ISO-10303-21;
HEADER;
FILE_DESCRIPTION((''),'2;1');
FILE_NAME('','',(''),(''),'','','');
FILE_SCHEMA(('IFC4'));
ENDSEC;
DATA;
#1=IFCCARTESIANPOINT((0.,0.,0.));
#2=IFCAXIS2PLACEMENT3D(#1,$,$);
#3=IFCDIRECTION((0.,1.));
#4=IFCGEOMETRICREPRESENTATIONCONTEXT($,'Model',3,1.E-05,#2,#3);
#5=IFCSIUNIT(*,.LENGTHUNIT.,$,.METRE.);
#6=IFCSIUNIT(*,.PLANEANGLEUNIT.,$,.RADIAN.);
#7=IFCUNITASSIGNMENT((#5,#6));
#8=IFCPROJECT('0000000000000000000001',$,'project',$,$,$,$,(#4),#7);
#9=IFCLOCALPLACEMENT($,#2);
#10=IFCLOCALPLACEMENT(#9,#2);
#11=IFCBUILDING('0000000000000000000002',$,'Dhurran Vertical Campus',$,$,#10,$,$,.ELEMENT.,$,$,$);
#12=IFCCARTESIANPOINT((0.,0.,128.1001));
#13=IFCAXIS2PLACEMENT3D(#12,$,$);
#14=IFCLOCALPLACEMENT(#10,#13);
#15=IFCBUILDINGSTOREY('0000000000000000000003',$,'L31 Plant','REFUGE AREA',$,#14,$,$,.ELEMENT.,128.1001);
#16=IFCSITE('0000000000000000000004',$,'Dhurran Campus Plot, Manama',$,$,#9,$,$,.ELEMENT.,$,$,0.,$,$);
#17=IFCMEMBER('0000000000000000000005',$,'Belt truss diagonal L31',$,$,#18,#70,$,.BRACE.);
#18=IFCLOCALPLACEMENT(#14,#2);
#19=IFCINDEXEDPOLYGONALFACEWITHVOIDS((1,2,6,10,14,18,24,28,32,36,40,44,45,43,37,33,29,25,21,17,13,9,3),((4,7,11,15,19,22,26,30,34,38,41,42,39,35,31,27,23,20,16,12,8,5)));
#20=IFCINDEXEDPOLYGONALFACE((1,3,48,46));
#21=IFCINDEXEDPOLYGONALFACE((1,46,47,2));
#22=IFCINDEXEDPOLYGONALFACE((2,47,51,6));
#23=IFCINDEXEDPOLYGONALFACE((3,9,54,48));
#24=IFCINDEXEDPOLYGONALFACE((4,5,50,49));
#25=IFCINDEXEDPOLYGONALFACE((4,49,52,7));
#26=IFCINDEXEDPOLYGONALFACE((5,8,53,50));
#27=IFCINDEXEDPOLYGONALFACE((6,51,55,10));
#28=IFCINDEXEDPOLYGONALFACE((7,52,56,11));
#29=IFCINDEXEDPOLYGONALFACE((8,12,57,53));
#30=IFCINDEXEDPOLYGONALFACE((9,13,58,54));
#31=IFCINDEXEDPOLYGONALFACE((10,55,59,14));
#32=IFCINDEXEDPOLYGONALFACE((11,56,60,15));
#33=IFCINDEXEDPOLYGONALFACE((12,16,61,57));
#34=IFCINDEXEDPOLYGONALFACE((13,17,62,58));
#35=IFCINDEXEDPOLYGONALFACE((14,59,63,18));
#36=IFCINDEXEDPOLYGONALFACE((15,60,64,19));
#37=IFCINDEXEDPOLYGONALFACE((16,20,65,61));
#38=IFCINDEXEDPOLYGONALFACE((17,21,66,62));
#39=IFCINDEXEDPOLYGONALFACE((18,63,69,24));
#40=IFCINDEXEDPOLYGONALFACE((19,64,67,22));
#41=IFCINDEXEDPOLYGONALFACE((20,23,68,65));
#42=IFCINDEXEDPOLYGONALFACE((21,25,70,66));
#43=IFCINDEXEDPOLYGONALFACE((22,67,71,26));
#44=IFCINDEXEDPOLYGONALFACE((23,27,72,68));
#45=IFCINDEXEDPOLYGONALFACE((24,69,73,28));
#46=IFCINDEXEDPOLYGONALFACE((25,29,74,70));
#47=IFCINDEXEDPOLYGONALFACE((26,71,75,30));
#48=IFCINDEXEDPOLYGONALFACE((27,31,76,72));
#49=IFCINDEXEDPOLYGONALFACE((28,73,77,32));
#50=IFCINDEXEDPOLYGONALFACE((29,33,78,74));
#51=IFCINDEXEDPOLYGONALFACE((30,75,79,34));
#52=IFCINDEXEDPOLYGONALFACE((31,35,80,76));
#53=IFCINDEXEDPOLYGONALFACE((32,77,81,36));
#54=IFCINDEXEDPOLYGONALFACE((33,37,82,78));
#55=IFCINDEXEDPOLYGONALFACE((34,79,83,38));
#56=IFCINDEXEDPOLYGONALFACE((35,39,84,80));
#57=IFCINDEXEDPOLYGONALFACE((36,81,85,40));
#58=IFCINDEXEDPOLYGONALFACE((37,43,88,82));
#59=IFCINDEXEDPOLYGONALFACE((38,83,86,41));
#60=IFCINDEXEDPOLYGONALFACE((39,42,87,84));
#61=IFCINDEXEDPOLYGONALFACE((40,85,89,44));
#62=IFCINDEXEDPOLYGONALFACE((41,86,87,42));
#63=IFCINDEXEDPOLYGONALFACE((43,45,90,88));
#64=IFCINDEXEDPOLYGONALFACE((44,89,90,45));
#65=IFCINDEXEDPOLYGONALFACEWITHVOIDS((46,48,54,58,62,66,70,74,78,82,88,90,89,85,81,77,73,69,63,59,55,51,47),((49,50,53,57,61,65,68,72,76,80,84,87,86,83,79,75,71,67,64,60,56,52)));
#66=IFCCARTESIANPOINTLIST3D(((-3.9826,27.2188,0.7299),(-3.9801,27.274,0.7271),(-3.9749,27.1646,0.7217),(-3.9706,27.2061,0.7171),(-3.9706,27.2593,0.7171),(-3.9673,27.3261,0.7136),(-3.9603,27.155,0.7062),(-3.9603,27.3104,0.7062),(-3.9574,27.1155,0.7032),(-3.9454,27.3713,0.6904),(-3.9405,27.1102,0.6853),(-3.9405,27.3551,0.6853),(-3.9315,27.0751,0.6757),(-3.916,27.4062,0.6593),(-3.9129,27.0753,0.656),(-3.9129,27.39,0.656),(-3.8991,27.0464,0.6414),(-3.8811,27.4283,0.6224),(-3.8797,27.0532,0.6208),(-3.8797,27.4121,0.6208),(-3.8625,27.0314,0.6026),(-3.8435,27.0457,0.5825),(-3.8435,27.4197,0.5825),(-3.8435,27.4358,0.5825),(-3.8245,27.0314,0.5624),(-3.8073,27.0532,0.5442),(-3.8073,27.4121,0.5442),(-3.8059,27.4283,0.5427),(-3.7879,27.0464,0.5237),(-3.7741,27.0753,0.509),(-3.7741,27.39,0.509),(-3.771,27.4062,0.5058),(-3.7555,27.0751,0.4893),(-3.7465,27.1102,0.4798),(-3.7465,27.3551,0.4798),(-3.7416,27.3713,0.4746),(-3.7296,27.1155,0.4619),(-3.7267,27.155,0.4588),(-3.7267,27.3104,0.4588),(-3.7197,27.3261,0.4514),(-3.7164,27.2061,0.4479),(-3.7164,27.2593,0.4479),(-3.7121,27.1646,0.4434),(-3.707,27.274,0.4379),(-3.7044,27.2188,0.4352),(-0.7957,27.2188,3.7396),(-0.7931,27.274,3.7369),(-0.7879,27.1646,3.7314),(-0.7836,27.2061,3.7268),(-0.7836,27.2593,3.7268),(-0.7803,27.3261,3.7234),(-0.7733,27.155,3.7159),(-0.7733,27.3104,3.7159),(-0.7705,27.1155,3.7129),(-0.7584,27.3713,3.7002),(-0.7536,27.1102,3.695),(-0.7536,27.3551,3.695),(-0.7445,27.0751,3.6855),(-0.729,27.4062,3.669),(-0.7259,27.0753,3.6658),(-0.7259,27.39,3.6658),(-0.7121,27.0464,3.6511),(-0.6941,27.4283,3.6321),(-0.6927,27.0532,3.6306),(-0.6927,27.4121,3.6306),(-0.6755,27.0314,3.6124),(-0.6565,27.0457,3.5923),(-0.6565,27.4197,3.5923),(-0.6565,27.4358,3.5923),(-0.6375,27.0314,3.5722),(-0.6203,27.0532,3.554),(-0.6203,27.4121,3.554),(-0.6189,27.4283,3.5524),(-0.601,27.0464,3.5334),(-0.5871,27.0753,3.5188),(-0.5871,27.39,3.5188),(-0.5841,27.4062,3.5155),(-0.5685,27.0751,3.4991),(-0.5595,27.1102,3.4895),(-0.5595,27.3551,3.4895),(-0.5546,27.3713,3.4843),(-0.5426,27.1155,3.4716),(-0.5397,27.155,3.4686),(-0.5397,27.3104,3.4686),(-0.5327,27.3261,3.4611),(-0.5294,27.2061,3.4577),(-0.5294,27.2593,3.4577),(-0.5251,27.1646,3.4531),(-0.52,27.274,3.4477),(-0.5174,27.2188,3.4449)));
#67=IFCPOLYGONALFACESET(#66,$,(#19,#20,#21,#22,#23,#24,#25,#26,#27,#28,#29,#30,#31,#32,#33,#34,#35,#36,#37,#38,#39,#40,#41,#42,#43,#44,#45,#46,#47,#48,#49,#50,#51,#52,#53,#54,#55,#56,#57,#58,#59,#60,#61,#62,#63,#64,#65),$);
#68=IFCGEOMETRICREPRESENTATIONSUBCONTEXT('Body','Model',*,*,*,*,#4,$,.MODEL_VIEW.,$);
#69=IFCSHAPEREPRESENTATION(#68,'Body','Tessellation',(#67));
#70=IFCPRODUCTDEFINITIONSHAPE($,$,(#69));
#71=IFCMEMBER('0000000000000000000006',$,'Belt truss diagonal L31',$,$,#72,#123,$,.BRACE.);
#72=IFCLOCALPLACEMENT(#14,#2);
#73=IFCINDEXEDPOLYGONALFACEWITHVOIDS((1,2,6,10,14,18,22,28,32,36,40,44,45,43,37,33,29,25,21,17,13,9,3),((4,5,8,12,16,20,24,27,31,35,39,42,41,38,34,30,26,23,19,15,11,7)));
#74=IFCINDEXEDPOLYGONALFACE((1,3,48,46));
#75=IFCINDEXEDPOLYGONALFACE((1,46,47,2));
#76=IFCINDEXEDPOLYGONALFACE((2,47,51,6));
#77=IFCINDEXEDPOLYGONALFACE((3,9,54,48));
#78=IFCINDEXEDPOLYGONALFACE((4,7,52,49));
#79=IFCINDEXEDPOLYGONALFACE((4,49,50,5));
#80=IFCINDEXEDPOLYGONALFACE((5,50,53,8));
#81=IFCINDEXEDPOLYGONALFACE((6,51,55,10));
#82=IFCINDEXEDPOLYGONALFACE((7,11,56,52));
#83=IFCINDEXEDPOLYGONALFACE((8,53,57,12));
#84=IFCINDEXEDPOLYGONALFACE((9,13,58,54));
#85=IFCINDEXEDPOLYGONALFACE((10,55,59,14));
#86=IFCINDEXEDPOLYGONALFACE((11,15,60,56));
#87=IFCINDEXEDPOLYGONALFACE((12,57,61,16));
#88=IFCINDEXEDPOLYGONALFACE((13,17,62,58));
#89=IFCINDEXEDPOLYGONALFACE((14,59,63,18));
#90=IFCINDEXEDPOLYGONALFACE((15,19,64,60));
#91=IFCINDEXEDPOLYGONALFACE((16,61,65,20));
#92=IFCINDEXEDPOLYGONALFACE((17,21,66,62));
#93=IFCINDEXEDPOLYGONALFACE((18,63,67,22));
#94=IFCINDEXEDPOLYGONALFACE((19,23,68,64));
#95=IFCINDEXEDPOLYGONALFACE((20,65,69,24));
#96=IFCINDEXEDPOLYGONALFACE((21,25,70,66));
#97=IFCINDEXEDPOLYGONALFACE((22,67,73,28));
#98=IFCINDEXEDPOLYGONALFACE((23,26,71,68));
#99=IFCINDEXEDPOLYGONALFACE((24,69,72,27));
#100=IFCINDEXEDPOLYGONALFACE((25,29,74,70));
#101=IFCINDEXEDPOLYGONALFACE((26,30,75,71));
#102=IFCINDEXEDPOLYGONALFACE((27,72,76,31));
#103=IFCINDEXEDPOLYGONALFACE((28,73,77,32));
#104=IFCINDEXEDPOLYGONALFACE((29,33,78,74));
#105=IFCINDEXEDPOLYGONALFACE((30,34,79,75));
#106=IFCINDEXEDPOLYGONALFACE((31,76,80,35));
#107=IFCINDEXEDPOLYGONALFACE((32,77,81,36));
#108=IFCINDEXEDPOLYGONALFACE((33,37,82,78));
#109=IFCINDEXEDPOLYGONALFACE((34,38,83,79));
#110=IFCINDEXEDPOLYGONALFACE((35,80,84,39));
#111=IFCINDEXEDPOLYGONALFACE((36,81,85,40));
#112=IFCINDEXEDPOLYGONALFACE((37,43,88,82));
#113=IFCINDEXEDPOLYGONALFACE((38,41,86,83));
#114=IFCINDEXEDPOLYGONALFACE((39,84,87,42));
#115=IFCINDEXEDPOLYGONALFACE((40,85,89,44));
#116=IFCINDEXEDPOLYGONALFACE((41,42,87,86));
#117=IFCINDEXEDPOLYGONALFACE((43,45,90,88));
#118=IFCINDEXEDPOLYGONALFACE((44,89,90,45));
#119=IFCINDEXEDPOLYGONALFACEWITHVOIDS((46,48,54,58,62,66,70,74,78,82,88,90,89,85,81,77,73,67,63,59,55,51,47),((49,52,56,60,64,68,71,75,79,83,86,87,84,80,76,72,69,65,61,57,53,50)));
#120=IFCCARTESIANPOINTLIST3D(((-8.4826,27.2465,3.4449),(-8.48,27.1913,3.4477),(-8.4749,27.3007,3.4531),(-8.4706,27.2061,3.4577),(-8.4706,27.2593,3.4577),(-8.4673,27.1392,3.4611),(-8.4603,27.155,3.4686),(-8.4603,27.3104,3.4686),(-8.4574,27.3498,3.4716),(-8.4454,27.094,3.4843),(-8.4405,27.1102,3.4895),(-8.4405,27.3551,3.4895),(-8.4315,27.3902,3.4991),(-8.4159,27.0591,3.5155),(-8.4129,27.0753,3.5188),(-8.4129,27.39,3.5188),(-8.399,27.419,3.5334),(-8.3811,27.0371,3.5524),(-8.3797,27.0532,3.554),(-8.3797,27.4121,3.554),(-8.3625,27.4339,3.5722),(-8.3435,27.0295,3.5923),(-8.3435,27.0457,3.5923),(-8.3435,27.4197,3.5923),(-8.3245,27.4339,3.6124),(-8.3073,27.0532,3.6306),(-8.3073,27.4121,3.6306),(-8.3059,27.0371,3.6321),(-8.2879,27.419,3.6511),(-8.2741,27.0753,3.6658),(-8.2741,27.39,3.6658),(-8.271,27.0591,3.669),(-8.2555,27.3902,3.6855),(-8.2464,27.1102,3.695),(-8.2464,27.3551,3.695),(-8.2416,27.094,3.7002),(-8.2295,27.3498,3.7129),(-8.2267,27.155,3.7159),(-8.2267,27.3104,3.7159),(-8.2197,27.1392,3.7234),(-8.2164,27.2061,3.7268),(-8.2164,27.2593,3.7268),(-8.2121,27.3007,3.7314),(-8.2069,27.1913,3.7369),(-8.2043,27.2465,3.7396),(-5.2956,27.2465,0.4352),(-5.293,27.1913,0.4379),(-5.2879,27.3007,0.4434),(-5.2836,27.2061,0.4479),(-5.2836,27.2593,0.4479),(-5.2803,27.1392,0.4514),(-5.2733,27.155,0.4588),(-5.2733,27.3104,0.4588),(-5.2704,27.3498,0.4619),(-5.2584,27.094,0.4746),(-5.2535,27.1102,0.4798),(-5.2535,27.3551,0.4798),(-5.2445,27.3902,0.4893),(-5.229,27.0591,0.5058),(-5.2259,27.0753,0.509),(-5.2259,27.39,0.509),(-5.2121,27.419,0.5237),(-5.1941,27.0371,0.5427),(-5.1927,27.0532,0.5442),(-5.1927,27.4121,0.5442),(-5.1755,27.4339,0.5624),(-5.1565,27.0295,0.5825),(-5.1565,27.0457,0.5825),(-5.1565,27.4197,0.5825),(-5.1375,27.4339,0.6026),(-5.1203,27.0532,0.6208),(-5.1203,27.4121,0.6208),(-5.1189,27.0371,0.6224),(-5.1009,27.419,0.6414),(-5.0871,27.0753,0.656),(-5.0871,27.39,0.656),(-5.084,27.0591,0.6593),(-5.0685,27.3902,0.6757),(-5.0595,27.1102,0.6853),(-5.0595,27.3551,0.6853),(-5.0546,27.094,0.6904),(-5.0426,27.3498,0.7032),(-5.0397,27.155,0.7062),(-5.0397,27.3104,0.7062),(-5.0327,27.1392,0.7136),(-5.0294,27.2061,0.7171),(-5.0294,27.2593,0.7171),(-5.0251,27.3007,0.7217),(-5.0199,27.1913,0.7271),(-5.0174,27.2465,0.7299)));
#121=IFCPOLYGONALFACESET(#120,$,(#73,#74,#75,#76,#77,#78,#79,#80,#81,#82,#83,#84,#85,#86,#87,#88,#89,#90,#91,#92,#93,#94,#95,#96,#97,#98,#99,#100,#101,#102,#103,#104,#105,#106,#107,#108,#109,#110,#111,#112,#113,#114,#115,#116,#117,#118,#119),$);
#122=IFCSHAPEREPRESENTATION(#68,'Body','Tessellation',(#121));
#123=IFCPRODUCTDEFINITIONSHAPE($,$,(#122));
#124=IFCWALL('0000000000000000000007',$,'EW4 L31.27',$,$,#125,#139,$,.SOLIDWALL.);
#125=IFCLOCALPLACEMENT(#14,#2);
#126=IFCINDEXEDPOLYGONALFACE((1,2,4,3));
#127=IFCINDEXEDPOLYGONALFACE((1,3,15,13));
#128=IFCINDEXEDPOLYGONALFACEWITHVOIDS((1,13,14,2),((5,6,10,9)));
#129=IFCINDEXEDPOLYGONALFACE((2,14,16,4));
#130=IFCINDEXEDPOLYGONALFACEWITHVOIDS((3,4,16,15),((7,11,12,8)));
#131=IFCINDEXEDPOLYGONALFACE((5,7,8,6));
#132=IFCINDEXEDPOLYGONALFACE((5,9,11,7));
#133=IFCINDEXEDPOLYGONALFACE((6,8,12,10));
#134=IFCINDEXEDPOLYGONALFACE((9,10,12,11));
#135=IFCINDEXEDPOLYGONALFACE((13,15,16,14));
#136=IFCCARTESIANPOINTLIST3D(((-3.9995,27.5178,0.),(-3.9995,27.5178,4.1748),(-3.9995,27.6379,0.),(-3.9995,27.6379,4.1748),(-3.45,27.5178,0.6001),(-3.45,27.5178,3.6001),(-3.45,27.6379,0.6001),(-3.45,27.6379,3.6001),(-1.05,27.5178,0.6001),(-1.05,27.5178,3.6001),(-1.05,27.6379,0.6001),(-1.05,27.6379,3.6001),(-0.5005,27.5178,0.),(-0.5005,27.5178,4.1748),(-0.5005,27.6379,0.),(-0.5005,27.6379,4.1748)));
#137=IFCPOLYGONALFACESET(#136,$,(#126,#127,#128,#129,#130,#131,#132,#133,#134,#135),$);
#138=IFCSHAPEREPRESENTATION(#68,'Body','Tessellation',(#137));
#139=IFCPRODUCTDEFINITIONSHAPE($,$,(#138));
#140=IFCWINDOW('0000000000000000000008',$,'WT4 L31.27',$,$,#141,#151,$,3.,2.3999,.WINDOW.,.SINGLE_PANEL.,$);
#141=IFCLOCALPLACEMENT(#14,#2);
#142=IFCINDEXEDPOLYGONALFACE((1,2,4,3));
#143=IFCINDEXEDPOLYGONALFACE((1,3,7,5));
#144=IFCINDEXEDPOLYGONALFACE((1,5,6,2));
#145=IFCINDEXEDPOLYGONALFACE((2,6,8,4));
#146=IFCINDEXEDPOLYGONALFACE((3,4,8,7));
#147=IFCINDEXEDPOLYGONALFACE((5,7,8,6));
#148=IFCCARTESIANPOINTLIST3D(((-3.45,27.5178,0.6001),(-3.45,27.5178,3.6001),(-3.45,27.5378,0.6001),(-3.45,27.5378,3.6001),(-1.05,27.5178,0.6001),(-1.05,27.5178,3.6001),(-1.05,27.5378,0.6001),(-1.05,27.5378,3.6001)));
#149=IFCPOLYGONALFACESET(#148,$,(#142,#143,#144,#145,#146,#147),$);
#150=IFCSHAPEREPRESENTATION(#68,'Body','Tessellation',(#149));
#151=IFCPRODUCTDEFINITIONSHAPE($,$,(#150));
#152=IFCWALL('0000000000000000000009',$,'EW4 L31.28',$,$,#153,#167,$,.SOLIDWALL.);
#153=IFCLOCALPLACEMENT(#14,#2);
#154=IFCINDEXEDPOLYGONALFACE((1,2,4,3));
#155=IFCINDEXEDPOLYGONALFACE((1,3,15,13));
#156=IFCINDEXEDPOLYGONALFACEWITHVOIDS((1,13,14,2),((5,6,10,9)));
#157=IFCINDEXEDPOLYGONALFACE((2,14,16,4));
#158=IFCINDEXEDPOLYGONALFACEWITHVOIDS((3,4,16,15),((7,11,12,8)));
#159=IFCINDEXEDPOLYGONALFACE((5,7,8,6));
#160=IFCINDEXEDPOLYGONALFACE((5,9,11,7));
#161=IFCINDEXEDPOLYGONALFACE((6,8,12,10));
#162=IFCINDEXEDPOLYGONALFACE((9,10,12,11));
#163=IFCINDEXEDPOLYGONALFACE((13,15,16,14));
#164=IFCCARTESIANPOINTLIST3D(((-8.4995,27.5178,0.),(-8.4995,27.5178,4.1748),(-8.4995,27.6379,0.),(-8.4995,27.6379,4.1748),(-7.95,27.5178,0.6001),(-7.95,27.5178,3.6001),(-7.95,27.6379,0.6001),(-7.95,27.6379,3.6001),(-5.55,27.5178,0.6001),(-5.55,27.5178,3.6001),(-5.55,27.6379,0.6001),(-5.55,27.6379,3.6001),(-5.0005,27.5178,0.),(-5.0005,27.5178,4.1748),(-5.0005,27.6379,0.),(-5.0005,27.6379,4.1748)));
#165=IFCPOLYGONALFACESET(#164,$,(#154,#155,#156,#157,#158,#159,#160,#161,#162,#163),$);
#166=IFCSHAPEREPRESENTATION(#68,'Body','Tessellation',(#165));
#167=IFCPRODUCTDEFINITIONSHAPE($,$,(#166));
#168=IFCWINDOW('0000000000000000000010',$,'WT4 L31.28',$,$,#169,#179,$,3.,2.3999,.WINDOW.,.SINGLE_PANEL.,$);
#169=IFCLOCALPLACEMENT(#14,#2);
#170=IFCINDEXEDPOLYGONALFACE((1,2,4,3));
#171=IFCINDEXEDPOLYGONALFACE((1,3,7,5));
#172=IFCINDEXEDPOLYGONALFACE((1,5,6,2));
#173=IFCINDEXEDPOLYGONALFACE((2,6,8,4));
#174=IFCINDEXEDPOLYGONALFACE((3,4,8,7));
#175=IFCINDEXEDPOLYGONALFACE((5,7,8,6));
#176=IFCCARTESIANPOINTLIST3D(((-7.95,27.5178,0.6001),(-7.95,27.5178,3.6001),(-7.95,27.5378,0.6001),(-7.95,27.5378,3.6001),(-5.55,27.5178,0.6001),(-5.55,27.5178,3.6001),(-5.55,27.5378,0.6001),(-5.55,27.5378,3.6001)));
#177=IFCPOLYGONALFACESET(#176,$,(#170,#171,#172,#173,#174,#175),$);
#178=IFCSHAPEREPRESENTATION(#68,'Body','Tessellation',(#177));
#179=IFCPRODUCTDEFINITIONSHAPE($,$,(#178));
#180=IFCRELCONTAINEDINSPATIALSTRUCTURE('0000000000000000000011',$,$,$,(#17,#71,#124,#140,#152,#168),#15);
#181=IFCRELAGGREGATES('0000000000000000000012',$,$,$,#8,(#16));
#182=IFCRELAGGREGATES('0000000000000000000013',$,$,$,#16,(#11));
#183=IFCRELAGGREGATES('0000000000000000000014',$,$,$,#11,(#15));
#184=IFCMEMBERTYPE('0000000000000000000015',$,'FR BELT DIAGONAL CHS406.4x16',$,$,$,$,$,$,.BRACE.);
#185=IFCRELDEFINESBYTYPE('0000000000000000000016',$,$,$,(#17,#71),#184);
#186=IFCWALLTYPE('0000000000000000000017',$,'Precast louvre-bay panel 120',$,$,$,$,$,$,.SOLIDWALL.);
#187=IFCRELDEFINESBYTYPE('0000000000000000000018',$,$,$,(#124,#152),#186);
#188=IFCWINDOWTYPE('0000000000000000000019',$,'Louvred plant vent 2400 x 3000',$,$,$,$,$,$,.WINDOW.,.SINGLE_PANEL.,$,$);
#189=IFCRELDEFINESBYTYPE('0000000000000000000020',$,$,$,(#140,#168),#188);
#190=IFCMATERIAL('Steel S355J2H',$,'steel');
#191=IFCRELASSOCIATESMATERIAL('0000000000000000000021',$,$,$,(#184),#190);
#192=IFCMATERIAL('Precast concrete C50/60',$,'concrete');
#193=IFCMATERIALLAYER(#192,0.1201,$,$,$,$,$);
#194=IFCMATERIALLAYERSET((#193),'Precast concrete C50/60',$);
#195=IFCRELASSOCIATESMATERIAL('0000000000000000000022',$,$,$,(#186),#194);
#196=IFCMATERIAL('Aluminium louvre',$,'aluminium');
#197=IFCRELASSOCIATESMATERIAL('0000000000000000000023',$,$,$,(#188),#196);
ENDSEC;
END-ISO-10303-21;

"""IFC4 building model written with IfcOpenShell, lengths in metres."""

from ifc_helpers import new_model, si_unit, direction, frame, frame_2d, origin, origin_2d, place, context, subcontext, project, spatial, rectangle, hollow_circle, extrude, material, layer, layer_set, material_profile, profile_set, type_object, element, fill, save


model = new_model("IFC4")

# Units and contexts
model_context = context("Model", 3, precision=1e-05, world=origin(), true_north=direction((0.0, 1.0)))
body_context = subcontext(model_context, "Body", "Model", "MODEL_VIEW")
ifc_project = project(units=[si_unit("LENGTHUNIT", "METRE"), si_unit("PLANEANGLEUNIT", "RADIAN")], contexts=[model_context])

# Site, building, storey
site_placement = place(None, origin())
site = spatial("IfcSite", under=ifc_project, at=site_placement, Name="Dhurran Campus Plot, Manama", CompositionType="ELEMENT", RefElevation=0.0)
building_placement = place(site_placement, origin())
building = spatial("IfcBuilding", under=site, at=building_placement, Name="Dhurran Vertical Campus", CompositionType="ELEMENT")
storey_placement = place(building_placement, frame((0.0, 0.0, 128.1001)))
storey = spatial("IfcBuildingStorey", under=building, at=storey_placement, Name="L31 Plant", Description="REFUGE AREA", CompositionType="ELEMENT", Elevation=128.1001)

# Members
ifc_material_1 = material(Name="Steel S355J2H", Category="steel")
ifc_material_profile_1 = material_profile(ifc_material_1, hollow_circle(Radius=0.2031, WallThickness=0.0161, at=origin_2d()), Name="CHS406.4x16")
ifc_profile_set_1 = profile_set([ifc_material_profile_1], Name="Steel S355J2H")
member_type = type_object("IfcMemberType", Name="FR BELT DIAGONAL CHS406.4x16", PredefinedType="BRACE", material=ifc_profile_set_1)
for number, where, z_axis, x_axis, name in (
    (1, (-3.8435, 27.2327, 0.5825), (0.727035, 0.0, 0.686601), (0.0, 1.0, 0.0), "Belt truss diagonal L31"),
    (2, (-5.1565, 27.2327, 0.5825), (-0.727035, 0.0, 0.686601), (0.0, -1.0, 0.0), "Belt truss diagonal L31"),
):
    element("IfcMember", number, at=place(storey_placement, frame(where, z_axis=z_axis, x_axis=x_axis)), inside=storey, type_object=member_type, Name=name, PredefinedType="BRACE", context=body_context, shape_type="SweptSolid", body=[
        extrude(hollow_circle(Radius=0.2031, WallThickness=0.0161, at=origin_2d()), origin(), (0.0, 0.0, 1.0), 4.3835),
    ])

# Walls, openings, windows
ifc_material_2 = material(Name="Precast concrete C50/60", Category="concrete")
ifc_layer_1 = layer(ifc_material_2, 0.1201)
ifc_layer_set_1 = layer_set([ifc_layer_1], Name="Precast concrete C50/60")
wall_type_1 = type_object("IfcWallType", Name="Precast louvre-bay panel 120", PredefinedType="SOLIDWALL", material=ifc_layer_set_1)
wall_1_placement = place(storey_placement, frame((-0.5005, 27.5779, 0.0), z_axis=(0.0, 0.0, 1.0), x_axis=(-1.0, 0.0, 0.0)))
wall_1 = element("IfcWall", 3, at=wall_1_placement, inside=storey, type_object=wall_type_1, Name="EW4 L31.27", PredefinedType="SOLIDWALL", context=body_context, shape_type="SweptSolid", body=[
    extrude(rectangle(XDim=3.499, YDim=0.1201, at=frame_2d((1.7495, 0.0))), origin(), (0.0, 0.0, 1.0), 4.1748),
])
opening_1_placement = place(wall_1_placement, frame((0.5496, 0.0, 0.6001)))
opening_1 = element("IfcOpeningElement", 4, at=opening_1_placement, cuts=wall_1, PredefinedType="OPENING", context=body_context, shape_type="SweptSolid", body=[
    extrude(rectangle(XDim=2.3999, YDim=3.0, at=frame_2d((1.2, 1.5))), frame((0.0, 0.0701, 0.0), z_axis=(0.0, -1.0, 0.0), x_axis=(1.0, 0.0, 0.0)), (0.0, 0.0, 1.0), 0.1401),
])
ifc_material_3 = material(Name="Aluminium louvre", Category="aluminium")
window_type = type_object("IfcWindowType", Name="Louvred plant vent 2400 x 3000", PartitioningType="SINGLE_PANEL", PredefinedType="WINDOW", material=ifc_material_3)
window_1_placement = place(opening_1_placement, origin())
window_1 = element("IfcWindow", 5, at=window_1_placement, inside=storey, type_object=window_type, Name="WT4 L31.27", OverallHeight=3.0, OverallWidth=2.3999, PartitioningType="SINGLE_PANEL", PredefinedType="WINDOW", context=body_context, shape_type="SweptSolid", body=[
    extrude(rectangle(XDim=2.3999, YDim=3.0, at=frame_2d((1.2, 1.5))), frame((0.0, 0.0601, 0.0), z_axis=(0.0, -1.0, 0.0), x_axis=(1.0, 0.0, 0.0)), (0.0, 0.0, 1.0), 0.02),
])
fill(opening_1, window_1)
wall_2_placement = place(storey_placement, frame((-5.0005, 27.5779, 0.0), z_axis=(0.0, 0.0, 1.0), x_axis=(-1.0, 0.0, 0.0)))
wall_2 = element("IfcWall", 6, at=wall_2_placement, inside=storey, type_object=wall_type_1, Name="EW4 L31.28", PredefinedType="SOLIDWALL", context=body_context, shape_type="SweptSolid", body=[
    extrude(rectangle(XDim=3.499, YDim=0.1201, at=frame_2d((1.7495, 0.0))), origin(), (0.0, 0.0, 1.0), 4.1748),
])
opening_2_placement = place(wall_2_placement, frame((0.5496, 0.0, 0.6001)))
opening_2 = element("IfcOpeningElement", 7, at=opening_2_placement, cuts=wall_2, PredefinedType="OPENING", context=body_context, shape_type="SweptSolid", body=[
    extrude(rectangle(XDim=2.3999, YDim=3.0, at=frame_2d((1.2, 1.5))), frame((0.0, 0.0701, 0.0), z_axis=(0.0, -1.0, 0.0), x_axis=(1.0, 0.0, 0.0)), (0.0, 0.0, 1.0), 0.1401),
])
window_2_placement = place(opening_2_placement, origin())
window_2 = element("IfcWindow", 8, at=window_2_placement, inside=storey, type_object=window_type, Name="WT4 L31.28", OverallHeight=3.0, OverallWidth=2.3999, PartitioningType="SINGLE_PANEL", PredefinedType="WINDOW", context=body_context, shape_type="SweptSolid", body=[
    extrude(rectangle(XDim=2.3999, YDim=3.0, at=frame_2d((1.2, 1.5))), frame((0.0, 0.0601, 0.0), z_axis=(0.0, -1.0, 0.0), x_axis=(1.0, 0.0, 0.0)), (0.0, 0.0, 1.0), 0.02),
])
fill(opening_2, window_2)

save(model, "model.ifc")
